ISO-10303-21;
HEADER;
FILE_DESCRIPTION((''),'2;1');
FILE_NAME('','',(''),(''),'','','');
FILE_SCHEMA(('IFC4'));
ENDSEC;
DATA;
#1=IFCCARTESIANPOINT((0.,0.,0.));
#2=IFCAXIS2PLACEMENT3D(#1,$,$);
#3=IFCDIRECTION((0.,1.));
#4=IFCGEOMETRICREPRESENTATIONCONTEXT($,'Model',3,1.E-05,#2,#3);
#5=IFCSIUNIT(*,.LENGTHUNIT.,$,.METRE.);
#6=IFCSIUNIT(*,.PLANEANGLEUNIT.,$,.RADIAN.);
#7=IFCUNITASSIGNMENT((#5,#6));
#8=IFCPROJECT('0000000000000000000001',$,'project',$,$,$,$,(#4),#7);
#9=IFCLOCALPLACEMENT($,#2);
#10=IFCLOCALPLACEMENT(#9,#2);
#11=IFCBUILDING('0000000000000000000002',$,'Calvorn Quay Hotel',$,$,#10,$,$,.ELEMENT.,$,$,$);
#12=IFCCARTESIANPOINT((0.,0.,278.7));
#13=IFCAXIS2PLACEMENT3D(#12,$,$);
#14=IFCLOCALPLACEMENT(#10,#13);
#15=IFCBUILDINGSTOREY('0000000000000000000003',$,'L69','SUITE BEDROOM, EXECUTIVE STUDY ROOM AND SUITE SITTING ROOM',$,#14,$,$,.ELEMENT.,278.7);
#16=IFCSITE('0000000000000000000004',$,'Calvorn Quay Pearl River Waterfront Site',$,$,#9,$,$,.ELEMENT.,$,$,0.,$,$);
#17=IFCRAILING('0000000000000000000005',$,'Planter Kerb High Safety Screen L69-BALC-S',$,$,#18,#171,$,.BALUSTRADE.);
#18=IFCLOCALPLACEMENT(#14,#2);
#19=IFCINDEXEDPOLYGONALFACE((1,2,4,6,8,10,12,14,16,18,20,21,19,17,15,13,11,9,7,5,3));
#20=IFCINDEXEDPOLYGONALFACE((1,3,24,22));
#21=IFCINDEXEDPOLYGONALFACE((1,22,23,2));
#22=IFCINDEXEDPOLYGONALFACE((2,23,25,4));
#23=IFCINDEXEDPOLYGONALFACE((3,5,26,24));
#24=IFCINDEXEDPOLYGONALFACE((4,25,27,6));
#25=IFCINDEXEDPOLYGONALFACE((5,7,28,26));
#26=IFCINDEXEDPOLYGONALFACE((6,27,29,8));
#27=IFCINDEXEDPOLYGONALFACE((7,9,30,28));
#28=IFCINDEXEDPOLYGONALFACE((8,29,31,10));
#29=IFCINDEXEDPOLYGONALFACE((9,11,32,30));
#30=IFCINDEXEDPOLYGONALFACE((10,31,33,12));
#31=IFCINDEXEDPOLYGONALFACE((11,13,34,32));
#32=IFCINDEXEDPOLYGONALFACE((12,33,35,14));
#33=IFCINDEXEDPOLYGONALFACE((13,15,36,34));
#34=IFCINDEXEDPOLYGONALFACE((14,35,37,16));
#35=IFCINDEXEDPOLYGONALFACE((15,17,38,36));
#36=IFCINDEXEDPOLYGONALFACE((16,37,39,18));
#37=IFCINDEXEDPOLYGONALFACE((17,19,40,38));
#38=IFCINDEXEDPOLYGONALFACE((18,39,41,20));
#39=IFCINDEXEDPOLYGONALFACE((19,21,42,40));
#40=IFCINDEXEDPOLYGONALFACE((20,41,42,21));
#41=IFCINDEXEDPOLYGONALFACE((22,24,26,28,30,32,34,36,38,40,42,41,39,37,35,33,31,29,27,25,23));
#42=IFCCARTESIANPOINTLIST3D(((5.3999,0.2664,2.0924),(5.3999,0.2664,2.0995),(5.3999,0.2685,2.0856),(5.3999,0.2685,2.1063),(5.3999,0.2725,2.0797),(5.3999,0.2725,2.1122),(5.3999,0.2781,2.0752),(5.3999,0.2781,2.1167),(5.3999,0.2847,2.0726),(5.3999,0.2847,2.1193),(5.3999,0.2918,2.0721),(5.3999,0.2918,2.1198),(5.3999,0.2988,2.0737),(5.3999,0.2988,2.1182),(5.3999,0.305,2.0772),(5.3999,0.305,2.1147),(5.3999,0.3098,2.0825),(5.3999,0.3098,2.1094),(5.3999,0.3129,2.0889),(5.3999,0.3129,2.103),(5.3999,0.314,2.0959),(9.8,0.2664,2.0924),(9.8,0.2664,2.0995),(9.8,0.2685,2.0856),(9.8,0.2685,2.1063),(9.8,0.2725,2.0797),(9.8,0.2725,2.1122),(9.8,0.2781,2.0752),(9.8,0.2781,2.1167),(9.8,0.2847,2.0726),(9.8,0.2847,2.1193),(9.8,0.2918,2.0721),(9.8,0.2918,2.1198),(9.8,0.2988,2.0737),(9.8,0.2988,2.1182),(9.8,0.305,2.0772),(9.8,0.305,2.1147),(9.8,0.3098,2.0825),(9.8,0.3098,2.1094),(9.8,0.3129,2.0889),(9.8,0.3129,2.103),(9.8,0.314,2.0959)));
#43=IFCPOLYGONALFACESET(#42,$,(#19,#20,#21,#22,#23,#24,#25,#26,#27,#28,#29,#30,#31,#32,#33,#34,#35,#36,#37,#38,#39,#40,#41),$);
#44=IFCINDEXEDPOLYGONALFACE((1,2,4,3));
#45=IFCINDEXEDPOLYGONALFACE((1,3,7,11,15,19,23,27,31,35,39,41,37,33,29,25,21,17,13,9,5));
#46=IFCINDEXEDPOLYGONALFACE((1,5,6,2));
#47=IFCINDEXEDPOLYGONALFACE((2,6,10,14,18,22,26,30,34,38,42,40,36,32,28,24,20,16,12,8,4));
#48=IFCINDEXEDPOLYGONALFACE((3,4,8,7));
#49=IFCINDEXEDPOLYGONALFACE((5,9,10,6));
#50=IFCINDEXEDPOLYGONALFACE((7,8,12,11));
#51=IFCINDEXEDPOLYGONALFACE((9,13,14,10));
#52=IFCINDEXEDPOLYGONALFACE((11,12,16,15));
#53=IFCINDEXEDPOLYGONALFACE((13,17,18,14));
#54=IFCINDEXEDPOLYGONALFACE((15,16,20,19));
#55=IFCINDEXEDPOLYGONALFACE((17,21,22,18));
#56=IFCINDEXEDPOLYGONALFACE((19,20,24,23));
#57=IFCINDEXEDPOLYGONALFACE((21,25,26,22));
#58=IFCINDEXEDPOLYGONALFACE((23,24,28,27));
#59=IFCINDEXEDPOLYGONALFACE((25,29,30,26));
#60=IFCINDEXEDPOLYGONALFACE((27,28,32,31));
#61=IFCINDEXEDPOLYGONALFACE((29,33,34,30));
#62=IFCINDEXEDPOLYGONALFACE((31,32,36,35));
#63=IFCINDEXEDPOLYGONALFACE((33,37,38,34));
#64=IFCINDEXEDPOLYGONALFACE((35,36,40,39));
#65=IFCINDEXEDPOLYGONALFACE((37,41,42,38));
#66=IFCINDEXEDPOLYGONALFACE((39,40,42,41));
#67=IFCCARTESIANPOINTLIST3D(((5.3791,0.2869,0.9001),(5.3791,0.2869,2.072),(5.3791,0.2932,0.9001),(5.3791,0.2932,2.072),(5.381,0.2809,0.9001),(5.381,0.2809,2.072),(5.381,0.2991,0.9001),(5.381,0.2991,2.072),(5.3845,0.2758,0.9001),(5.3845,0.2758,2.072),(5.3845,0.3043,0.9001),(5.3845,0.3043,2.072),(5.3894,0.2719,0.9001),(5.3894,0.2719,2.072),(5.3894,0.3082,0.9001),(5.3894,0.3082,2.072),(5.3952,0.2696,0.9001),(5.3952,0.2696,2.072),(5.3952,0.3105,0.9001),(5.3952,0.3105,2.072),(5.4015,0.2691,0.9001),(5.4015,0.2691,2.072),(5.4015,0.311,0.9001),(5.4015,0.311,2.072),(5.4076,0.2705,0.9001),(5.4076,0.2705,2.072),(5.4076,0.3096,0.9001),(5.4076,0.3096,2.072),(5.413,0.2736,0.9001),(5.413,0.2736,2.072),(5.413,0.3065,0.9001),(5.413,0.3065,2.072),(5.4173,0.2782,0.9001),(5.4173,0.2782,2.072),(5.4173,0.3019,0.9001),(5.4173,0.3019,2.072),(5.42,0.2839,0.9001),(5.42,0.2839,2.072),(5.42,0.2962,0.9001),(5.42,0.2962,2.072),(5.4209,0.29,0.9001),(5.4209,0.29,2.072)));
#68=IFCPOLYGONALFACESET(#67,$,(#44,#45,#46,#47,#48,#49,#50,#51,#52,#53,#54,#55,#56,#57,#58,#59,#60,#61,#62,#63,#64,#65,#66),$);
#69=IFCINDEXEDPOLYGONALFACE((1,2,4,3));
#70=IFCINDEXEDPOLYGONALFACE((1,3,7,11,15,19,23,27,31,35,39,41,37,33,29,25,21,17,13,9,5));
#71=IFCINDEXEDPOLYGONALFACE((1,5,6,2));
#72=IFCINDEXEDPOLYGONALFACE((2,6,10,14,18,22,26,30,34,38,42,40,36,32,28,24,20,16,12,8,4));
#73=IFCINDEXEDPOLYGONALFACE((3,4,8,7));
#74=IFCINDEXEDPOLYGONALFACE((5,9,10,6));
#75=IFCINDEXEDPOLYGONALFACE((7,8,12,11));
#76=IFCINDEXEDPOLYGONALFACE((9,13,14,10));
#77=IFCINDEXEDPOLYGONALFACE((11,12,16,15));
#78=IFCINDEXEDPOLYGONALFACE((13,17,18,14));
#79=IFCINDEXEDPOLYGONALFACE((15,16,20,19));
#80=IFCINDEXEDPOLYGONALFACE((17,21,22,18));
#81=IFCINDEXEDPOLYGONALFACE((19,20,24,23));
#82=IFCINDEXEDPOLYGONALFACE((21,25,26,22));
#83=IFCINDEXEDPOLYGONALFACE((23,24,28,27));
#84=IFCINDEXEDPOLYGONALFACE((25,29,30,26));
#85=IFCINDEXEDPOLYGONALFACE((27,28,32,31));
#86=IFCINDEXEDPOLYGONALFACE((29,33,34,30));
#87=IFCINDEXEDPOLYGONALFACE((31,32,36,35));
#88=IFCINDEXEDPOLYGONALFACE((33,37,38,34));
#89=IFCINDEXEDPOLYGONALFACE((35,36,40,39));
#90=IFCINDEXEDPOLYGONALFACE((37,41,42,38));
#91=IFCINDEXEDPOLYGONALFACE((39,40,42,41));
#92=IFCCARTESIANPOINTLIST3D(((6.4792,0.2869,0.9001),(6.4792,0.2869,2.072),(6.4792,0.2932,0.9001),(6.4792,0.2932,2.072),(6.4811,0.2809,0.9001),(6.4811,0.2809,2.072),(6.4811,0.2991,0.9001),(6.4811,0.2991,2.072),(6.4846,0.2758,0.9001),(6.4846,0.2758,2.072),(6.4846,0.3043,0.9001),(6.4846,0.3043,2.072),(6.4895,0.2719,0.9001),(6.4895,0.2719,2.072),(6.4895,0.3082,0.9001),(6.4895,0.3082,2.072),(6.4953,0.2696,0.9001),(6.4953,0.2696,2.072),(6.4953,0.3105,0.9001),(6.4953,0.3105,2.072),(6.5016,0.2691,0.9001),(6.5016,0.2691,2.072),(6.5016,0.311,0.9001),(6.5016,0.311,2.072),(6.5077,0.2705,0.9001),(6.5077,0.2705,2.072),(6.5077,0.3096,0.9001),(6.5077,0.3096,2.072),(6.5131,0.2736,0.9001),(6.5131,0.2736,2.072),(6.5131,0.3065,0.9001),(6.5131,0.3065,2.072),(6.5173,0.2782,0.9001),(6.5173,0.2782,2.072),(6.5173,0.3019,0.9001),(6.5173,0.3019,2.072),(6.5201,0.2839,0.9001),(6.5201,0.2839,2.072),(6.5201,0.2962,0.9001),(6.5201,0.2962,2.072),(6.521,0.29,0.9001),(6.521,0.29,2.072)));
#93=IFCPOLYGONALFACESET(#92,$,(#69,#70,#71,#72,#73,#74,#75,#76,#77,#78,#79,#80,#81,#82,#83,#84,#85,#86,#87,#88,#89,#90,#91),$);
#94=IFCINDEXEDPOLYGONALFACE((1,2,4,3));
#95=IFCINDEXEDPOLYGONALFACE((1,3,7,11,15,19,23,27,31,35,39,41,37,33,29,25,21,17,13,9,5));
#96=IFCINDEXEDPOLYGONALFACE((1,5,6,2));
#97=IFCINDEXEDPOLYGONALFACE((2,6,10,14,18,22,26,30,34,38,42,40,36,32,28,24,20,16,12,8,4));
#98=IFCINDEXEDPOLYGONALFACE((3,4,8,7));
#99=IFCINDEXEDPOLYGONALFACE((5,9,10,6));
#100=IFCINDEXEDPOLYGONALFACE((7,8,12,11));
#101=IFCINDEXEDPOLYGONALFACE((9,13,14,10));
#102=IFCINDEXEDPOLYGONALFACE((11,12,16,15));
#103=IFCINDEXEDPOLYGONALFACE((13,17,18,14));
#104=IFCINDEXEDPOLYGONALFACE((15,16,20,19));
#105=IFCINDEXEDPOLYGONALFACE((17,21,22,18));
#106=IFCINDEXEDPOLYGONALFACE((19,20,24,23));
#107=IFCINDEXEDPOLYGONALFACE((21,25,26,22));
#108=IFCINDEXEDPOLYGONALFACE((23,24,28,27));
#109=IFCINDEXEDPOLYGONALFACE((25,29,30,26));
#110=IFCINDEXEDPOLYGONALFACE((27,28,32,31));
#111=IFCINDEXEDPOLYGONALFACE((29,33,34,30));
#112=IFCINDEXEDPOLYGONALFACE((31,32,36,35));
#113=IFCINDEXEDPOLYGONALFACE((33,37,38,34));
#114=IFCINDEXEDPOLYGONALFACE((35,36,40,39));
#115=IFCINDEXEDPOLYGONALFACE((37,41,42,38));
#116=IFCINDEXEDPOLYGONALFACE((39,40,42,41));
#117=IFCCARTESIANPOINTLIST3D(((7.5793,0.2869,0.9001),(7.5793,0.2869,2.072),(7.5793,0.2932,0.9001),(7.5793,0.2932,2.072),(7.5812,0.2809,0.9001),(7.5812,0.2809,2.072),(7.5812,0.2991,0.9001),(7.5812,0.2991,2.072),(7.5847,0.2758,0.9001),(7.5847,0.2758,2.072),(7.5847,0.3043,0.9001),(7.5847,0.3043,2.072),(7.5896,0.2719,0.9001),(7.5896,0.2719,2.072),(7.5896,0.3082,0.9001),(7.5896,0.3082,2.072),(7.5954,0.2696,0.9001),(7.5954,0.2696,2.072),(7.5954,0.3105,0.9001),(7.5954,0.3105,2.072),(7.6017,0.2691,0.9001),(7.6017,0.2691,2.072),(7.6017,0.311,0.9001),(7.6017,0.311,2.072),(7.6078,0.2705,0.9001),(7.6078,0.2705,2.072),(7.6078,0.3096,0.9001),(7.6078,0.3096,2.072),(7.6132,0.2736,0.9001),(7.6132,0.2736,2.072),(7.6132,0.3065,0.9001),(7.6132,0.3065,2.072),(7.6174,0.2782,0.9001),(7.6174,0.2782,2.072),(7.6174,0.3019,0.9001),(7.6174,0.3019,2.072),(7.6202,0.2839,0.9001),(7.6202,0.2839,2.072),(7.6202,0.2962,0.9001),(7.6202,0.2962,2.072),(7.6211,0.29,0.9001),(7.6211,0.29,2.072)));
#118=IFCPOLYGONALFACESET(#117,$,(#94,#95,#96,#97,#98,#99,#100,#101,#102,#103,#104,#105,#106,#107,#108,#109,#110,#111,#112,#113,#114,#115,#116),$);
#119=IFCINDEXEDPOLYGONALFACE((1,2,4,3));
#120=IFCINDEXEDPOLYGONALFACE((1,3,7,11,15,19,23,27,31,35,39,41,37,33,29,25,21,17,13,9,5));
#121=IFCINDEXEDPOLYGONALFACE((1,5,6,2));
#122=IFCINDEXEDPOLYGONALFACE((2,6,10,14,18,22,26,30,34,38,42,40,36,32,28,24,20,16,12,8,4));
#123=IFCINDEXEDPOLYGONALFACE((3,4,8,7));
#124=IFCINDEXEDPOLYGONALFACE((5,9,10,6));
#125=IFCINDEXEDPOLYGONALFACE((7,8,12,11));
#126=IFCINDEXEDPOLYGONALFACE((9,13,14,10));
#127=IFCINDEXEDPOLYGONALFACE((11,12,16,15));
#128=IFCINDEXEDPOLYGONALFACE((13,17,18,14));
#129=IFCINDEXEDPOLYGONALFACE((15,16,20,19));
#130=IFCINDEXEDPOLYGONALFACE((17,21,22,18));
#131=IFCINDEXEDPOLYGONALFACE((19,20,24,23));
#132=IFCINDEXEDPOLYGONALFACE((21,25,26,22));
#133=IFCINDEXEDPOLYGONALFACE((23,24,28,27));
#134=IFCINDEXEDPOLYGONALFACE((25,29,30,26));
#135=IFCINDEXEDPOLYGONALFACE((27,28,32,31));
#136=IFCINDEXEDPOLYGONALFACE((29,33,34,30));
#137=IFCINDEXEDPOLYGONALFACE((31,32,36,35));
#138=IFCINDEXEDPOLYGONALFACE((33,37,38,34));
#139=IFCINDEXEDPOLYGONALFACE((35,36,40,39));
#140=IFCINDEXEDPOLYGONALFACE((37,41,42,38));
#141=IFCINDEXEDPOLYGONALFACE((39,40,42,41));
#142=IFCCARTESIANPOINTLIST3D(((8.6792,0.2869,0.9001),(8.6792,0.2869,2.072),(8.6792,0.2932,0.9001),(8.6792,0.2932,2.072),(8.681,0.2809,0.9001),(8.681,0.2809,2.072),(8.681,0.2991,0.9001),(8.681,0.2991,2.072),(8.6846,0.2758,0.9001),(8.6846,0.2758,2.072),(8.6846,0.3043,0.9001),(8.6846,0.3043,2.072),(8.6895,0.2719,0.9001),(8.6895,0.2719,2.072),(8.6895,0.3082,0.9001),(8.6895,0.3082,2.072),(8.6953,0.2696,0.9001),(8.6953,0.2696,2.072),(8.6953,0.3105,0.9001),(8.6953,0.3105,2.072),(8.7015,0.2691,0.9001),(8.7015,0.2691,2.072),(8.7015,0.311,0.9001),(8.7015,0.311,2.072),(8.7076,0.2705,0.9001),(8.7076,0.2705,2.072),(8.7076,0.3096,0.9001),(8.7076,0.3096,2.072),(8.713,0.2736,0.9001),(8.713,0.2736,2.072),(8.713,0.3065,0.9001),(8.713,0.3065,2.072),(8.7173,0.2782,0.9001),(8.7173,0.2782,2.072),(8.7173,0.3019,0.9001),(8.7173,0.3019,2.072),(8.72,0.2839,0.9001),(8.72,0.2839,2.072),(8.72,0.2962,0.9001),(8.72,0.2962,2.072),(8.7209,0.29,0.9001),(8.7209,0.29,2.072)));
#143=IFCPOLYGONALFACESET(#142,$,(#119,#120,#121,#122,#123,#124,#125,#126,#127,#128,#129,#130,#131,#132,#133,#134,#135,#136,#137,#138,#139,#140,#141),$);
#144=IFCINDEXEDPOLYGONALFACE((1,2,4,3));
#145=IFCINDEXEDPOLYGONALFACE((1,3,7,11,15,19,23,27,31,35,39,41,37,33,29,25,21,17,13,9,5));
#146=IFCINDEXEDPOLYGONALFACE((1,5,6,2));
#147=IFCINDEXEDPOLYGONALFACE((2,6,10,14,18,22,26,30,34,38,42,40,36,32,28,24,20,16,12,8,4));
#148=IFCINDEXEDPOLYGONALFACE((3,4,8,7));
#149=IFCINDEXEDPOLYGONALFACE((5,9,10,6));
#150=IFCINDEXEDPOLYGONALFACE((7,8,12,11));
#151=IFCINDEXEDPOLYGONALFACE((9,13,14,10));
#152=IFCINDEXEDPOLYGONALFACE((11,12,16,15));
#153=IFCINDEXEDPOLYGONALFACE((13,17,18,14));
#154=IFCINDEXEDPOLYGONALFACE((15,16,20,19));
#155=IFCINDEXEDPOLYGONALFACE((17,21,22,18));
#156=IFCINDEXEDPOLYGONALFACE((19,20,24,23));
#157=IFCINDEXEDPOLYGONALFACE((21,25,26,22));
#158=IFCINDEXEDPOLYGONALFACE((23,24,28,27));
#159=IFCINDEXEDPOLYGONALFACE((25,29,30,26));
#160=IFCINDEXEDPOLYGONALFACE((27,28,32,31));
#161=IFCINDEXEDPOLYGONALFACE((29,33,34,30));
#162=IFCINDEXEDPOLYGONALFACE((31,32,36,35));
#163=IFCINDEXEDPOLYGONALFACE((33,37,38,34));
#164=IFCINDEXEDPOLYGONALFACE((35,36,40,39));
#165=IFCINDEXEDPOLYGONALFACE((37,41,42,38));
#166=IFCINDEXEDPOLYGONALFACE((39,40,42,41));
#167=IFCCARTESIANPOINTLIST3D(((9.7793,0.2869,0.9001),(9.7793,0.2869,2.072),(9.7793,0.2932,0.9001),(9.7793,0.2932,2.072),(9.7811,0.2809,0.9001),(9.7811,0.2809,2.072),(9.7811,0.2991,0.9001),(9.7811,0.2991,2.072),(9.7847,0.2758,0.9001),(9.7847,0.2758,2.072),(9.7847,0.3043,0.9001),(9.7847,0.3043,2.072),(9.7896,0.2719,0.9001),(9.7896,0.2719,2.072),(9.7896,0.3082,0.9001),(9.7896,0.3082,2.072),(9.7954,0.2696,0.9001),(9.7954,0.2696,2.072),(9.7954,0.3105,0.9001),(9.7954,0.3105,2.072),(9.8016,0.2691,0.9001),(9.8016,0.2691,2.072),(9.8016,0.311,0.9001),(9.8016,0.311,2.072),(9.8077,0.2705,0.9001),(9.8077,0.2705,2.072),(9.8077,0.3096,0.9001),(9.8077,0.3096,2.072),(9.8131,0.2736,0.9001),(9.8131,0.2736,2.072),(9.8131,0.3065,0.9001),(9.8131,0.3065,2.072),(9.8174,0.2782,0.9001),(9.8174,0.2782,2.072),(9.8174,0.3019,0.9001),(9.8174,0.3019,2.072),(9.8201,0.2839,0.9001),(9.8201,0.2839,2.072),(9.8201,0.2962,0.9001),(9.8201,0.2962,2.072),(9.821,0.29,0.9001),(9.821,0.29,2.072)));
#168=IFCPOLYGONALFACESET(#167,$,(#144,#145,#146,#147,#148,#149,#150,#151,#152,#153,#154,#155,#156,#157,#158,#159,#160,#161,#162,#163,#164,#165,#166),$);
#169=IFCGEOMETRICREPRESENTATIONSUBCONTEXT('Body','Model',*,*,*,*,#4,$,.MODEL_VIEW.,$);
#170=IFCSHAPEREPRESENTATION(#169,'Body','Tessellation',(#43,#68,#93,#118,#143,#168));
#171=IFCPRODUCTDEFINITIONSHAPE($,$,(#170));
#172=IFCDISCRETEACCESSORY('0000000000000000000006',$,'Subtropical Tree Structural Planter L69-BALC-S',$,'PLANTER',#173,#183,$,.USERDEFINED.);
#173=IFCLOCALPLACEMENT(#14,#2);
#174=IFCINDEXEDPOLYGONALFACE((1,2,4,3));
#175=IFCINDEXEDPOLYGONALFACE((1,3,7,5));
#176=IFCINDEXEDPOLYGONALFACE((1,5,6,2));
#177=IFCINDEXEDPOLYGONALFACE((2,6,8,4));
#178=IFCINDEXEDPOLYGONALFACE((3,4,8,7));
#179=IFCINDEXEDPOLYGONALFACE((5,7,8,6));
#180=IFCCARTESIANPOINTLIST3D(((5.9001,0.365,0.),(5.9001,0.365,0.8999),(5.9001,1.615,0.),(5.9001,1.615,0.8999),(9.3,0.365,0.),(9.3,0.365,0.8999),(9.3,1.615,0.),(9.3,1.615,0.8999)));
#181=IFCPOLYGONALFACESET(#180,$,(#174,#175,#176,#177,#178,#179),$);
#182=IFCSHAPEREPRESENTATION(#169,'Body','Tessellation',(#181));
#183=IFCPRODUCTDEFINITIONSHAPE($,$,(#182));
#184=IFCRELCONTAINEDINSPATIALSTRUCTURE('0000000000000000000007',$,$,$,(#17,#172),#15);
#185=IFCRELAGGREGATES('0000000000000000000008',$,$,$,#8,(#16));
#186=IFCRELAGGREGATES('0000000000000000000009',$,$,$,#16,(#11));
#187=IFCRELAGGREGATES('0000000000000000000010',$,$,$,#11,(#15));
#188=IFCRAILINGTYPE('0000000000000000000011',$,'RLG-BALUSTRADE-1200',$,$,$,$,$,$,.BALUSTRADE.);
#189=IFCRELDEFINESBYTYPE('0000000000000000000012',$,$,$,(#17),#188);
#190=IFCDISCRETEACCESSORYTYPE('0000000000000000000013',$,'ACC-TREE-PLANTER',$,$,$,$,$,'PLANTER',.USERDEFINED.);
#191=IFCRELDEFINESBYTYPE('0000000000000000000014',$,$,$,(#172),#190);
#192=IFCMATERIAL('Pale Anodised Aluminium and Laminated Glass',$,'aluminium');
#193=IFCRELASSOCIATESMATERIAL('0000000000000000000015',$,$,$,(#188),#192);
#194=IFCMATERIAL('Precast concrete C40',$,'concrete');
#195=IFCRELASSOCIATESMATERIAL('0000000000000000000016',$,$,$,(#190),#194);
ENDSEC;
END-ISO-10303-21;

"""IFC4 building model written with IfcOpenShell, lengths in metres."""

from ifc_helpers import new_model, si_unit, direction, frame, origin, origin_2d, place, context, subcontext, project, spatial, rectangle, circle, extrude, material, type_object, element, save


model = new_model("IFC4")

# Units and contexts
model_context = context("Model", 3, precision=1e-05, world=origin(), true_north=direction((0.0, 1.0)))
body_context = subcontext(model_context, "Body", "Model", "MODEL_VIEW")
ifc_project = project(units=[si_unit("LENGTHUNIT", "METRE"), si_unit("PLANEANGLEUNIT", "RADIAN")], contexts=[model_context])

# Site, building, storey
site_placement = place(None, origin())
site = spatial("IfcSite", under=ifc_project, at=site_placement, Name="Calvorn Quay Pearl River Waterfront Site", CompositionType="ELEMENT", RefElevation=0.0)
building_placement = place(site_placement, origin())
building = spatial("IfcBuilding", under=site, at=building_placement, Name="Calvorn Quay Hotel", CompositionType="ELEMENT")
storey_placement = place(building_placement, frame((0.0, 0.0, 278.7)))
storey = spatial("IfcBuildingStorey", under=building, at=storey_placement, Name="L69", Description="SUITE BEDROOM, EXECUTIVE STUDY ROOM AND SUITE SITTING ROOM", CompositionType="ELEMENT", Elevation=278.7)

# Railing
ifc_material_1 = material(Name="Pale Anodised Aluminium and Laminated Glass", Category="aluminium")
railing_type = type_object("IfcRailingType", Name="RLG-BALUSTRADE-1200", PredefinedType="BALUSTRADE", material=ifc_material_1)
railing_1_placement = place(storey_placement, frame((5.3999, 0.29, 0.9001)))
element("IfcRailing", 1, at=railing_1_placement, inside=storey, type_object=railing_type, Name="Planter Kerb High Safety Screen L69-BALC-S", PredefinedType="BALUSTRADE", context=body_context, shape_type="SweptSolid", body=[
    extrude(circle(Radius=0.0239, at=origin_2d()), frame((0.0, 0.0, 1.1958), z_axis=(1.0, 0.0, 0.0), x_axis=(0.0, 1.0, 0.0)), (0.0, 0.0, 1.0), 4.4001),
    extrude(circle(Radius=0.021, at=origin_2d()), origin(), (0.0, 0.0, 1.0), 1.1719),
    extrude(circle(Radius=0.021, at=origin_2d()), frame((1.1001, 0.0, 0.0)), (0.0, 0.0, 1.0), 1.1719),
    extrude(circle(Radius=0.021, at=origin_2d()), frame((2.2002, 0.0, 0.0)), (0.0, 0.0, 1.0), 1.1719),
    extrude(circle(Radius=0.021, at=origin_2d()), frame((3.3, 0.0, 0.0)), (0.0, 0.0, 1.0), 1.1719),
    extrude(circle(Radius=0.021, at=origin_2d()), frame((4.4001, 0.0, 0.0)), (0.0, 0.0, 1.0), 1.1719),
])

# Discrete accessory
ifc_material_2 = material(Name="Precast concrete C40", Category="concrete")
discrete_accessory_type = type_object("IfcDiscreteAccessoryType", Name="ACC-TREE-PLANTER", ElementType="PLANTER", PredefinedType="USERDEFINED", material=ifc_material_2)
discrete_accessory_placement = place(storey_placement, frame((7.6001, 0.99, 0.0), z_axis=(0.0, 0.0, 1.0), x_axis=(1.0, 0.0, 0.0)))
element("IfcDiscreteAccessory", 2, at=discrete_accessory_placement, inside=storey, type_object=discrete_accessory_type, Name="Subtropical Tree Structural Planter L69-BALC-S", ObjectType="PLANTER", PredefinedType="USERDEFINED", context=body_context, shape_type="SweptSolid", body=[
    extrude(rectangle(XDim=3.3999, YDim=1.25, at=origin_2d()), origin(), (0.0, 0.0, 1.0), 0.8999),
])

save(model, "model.ifc")
